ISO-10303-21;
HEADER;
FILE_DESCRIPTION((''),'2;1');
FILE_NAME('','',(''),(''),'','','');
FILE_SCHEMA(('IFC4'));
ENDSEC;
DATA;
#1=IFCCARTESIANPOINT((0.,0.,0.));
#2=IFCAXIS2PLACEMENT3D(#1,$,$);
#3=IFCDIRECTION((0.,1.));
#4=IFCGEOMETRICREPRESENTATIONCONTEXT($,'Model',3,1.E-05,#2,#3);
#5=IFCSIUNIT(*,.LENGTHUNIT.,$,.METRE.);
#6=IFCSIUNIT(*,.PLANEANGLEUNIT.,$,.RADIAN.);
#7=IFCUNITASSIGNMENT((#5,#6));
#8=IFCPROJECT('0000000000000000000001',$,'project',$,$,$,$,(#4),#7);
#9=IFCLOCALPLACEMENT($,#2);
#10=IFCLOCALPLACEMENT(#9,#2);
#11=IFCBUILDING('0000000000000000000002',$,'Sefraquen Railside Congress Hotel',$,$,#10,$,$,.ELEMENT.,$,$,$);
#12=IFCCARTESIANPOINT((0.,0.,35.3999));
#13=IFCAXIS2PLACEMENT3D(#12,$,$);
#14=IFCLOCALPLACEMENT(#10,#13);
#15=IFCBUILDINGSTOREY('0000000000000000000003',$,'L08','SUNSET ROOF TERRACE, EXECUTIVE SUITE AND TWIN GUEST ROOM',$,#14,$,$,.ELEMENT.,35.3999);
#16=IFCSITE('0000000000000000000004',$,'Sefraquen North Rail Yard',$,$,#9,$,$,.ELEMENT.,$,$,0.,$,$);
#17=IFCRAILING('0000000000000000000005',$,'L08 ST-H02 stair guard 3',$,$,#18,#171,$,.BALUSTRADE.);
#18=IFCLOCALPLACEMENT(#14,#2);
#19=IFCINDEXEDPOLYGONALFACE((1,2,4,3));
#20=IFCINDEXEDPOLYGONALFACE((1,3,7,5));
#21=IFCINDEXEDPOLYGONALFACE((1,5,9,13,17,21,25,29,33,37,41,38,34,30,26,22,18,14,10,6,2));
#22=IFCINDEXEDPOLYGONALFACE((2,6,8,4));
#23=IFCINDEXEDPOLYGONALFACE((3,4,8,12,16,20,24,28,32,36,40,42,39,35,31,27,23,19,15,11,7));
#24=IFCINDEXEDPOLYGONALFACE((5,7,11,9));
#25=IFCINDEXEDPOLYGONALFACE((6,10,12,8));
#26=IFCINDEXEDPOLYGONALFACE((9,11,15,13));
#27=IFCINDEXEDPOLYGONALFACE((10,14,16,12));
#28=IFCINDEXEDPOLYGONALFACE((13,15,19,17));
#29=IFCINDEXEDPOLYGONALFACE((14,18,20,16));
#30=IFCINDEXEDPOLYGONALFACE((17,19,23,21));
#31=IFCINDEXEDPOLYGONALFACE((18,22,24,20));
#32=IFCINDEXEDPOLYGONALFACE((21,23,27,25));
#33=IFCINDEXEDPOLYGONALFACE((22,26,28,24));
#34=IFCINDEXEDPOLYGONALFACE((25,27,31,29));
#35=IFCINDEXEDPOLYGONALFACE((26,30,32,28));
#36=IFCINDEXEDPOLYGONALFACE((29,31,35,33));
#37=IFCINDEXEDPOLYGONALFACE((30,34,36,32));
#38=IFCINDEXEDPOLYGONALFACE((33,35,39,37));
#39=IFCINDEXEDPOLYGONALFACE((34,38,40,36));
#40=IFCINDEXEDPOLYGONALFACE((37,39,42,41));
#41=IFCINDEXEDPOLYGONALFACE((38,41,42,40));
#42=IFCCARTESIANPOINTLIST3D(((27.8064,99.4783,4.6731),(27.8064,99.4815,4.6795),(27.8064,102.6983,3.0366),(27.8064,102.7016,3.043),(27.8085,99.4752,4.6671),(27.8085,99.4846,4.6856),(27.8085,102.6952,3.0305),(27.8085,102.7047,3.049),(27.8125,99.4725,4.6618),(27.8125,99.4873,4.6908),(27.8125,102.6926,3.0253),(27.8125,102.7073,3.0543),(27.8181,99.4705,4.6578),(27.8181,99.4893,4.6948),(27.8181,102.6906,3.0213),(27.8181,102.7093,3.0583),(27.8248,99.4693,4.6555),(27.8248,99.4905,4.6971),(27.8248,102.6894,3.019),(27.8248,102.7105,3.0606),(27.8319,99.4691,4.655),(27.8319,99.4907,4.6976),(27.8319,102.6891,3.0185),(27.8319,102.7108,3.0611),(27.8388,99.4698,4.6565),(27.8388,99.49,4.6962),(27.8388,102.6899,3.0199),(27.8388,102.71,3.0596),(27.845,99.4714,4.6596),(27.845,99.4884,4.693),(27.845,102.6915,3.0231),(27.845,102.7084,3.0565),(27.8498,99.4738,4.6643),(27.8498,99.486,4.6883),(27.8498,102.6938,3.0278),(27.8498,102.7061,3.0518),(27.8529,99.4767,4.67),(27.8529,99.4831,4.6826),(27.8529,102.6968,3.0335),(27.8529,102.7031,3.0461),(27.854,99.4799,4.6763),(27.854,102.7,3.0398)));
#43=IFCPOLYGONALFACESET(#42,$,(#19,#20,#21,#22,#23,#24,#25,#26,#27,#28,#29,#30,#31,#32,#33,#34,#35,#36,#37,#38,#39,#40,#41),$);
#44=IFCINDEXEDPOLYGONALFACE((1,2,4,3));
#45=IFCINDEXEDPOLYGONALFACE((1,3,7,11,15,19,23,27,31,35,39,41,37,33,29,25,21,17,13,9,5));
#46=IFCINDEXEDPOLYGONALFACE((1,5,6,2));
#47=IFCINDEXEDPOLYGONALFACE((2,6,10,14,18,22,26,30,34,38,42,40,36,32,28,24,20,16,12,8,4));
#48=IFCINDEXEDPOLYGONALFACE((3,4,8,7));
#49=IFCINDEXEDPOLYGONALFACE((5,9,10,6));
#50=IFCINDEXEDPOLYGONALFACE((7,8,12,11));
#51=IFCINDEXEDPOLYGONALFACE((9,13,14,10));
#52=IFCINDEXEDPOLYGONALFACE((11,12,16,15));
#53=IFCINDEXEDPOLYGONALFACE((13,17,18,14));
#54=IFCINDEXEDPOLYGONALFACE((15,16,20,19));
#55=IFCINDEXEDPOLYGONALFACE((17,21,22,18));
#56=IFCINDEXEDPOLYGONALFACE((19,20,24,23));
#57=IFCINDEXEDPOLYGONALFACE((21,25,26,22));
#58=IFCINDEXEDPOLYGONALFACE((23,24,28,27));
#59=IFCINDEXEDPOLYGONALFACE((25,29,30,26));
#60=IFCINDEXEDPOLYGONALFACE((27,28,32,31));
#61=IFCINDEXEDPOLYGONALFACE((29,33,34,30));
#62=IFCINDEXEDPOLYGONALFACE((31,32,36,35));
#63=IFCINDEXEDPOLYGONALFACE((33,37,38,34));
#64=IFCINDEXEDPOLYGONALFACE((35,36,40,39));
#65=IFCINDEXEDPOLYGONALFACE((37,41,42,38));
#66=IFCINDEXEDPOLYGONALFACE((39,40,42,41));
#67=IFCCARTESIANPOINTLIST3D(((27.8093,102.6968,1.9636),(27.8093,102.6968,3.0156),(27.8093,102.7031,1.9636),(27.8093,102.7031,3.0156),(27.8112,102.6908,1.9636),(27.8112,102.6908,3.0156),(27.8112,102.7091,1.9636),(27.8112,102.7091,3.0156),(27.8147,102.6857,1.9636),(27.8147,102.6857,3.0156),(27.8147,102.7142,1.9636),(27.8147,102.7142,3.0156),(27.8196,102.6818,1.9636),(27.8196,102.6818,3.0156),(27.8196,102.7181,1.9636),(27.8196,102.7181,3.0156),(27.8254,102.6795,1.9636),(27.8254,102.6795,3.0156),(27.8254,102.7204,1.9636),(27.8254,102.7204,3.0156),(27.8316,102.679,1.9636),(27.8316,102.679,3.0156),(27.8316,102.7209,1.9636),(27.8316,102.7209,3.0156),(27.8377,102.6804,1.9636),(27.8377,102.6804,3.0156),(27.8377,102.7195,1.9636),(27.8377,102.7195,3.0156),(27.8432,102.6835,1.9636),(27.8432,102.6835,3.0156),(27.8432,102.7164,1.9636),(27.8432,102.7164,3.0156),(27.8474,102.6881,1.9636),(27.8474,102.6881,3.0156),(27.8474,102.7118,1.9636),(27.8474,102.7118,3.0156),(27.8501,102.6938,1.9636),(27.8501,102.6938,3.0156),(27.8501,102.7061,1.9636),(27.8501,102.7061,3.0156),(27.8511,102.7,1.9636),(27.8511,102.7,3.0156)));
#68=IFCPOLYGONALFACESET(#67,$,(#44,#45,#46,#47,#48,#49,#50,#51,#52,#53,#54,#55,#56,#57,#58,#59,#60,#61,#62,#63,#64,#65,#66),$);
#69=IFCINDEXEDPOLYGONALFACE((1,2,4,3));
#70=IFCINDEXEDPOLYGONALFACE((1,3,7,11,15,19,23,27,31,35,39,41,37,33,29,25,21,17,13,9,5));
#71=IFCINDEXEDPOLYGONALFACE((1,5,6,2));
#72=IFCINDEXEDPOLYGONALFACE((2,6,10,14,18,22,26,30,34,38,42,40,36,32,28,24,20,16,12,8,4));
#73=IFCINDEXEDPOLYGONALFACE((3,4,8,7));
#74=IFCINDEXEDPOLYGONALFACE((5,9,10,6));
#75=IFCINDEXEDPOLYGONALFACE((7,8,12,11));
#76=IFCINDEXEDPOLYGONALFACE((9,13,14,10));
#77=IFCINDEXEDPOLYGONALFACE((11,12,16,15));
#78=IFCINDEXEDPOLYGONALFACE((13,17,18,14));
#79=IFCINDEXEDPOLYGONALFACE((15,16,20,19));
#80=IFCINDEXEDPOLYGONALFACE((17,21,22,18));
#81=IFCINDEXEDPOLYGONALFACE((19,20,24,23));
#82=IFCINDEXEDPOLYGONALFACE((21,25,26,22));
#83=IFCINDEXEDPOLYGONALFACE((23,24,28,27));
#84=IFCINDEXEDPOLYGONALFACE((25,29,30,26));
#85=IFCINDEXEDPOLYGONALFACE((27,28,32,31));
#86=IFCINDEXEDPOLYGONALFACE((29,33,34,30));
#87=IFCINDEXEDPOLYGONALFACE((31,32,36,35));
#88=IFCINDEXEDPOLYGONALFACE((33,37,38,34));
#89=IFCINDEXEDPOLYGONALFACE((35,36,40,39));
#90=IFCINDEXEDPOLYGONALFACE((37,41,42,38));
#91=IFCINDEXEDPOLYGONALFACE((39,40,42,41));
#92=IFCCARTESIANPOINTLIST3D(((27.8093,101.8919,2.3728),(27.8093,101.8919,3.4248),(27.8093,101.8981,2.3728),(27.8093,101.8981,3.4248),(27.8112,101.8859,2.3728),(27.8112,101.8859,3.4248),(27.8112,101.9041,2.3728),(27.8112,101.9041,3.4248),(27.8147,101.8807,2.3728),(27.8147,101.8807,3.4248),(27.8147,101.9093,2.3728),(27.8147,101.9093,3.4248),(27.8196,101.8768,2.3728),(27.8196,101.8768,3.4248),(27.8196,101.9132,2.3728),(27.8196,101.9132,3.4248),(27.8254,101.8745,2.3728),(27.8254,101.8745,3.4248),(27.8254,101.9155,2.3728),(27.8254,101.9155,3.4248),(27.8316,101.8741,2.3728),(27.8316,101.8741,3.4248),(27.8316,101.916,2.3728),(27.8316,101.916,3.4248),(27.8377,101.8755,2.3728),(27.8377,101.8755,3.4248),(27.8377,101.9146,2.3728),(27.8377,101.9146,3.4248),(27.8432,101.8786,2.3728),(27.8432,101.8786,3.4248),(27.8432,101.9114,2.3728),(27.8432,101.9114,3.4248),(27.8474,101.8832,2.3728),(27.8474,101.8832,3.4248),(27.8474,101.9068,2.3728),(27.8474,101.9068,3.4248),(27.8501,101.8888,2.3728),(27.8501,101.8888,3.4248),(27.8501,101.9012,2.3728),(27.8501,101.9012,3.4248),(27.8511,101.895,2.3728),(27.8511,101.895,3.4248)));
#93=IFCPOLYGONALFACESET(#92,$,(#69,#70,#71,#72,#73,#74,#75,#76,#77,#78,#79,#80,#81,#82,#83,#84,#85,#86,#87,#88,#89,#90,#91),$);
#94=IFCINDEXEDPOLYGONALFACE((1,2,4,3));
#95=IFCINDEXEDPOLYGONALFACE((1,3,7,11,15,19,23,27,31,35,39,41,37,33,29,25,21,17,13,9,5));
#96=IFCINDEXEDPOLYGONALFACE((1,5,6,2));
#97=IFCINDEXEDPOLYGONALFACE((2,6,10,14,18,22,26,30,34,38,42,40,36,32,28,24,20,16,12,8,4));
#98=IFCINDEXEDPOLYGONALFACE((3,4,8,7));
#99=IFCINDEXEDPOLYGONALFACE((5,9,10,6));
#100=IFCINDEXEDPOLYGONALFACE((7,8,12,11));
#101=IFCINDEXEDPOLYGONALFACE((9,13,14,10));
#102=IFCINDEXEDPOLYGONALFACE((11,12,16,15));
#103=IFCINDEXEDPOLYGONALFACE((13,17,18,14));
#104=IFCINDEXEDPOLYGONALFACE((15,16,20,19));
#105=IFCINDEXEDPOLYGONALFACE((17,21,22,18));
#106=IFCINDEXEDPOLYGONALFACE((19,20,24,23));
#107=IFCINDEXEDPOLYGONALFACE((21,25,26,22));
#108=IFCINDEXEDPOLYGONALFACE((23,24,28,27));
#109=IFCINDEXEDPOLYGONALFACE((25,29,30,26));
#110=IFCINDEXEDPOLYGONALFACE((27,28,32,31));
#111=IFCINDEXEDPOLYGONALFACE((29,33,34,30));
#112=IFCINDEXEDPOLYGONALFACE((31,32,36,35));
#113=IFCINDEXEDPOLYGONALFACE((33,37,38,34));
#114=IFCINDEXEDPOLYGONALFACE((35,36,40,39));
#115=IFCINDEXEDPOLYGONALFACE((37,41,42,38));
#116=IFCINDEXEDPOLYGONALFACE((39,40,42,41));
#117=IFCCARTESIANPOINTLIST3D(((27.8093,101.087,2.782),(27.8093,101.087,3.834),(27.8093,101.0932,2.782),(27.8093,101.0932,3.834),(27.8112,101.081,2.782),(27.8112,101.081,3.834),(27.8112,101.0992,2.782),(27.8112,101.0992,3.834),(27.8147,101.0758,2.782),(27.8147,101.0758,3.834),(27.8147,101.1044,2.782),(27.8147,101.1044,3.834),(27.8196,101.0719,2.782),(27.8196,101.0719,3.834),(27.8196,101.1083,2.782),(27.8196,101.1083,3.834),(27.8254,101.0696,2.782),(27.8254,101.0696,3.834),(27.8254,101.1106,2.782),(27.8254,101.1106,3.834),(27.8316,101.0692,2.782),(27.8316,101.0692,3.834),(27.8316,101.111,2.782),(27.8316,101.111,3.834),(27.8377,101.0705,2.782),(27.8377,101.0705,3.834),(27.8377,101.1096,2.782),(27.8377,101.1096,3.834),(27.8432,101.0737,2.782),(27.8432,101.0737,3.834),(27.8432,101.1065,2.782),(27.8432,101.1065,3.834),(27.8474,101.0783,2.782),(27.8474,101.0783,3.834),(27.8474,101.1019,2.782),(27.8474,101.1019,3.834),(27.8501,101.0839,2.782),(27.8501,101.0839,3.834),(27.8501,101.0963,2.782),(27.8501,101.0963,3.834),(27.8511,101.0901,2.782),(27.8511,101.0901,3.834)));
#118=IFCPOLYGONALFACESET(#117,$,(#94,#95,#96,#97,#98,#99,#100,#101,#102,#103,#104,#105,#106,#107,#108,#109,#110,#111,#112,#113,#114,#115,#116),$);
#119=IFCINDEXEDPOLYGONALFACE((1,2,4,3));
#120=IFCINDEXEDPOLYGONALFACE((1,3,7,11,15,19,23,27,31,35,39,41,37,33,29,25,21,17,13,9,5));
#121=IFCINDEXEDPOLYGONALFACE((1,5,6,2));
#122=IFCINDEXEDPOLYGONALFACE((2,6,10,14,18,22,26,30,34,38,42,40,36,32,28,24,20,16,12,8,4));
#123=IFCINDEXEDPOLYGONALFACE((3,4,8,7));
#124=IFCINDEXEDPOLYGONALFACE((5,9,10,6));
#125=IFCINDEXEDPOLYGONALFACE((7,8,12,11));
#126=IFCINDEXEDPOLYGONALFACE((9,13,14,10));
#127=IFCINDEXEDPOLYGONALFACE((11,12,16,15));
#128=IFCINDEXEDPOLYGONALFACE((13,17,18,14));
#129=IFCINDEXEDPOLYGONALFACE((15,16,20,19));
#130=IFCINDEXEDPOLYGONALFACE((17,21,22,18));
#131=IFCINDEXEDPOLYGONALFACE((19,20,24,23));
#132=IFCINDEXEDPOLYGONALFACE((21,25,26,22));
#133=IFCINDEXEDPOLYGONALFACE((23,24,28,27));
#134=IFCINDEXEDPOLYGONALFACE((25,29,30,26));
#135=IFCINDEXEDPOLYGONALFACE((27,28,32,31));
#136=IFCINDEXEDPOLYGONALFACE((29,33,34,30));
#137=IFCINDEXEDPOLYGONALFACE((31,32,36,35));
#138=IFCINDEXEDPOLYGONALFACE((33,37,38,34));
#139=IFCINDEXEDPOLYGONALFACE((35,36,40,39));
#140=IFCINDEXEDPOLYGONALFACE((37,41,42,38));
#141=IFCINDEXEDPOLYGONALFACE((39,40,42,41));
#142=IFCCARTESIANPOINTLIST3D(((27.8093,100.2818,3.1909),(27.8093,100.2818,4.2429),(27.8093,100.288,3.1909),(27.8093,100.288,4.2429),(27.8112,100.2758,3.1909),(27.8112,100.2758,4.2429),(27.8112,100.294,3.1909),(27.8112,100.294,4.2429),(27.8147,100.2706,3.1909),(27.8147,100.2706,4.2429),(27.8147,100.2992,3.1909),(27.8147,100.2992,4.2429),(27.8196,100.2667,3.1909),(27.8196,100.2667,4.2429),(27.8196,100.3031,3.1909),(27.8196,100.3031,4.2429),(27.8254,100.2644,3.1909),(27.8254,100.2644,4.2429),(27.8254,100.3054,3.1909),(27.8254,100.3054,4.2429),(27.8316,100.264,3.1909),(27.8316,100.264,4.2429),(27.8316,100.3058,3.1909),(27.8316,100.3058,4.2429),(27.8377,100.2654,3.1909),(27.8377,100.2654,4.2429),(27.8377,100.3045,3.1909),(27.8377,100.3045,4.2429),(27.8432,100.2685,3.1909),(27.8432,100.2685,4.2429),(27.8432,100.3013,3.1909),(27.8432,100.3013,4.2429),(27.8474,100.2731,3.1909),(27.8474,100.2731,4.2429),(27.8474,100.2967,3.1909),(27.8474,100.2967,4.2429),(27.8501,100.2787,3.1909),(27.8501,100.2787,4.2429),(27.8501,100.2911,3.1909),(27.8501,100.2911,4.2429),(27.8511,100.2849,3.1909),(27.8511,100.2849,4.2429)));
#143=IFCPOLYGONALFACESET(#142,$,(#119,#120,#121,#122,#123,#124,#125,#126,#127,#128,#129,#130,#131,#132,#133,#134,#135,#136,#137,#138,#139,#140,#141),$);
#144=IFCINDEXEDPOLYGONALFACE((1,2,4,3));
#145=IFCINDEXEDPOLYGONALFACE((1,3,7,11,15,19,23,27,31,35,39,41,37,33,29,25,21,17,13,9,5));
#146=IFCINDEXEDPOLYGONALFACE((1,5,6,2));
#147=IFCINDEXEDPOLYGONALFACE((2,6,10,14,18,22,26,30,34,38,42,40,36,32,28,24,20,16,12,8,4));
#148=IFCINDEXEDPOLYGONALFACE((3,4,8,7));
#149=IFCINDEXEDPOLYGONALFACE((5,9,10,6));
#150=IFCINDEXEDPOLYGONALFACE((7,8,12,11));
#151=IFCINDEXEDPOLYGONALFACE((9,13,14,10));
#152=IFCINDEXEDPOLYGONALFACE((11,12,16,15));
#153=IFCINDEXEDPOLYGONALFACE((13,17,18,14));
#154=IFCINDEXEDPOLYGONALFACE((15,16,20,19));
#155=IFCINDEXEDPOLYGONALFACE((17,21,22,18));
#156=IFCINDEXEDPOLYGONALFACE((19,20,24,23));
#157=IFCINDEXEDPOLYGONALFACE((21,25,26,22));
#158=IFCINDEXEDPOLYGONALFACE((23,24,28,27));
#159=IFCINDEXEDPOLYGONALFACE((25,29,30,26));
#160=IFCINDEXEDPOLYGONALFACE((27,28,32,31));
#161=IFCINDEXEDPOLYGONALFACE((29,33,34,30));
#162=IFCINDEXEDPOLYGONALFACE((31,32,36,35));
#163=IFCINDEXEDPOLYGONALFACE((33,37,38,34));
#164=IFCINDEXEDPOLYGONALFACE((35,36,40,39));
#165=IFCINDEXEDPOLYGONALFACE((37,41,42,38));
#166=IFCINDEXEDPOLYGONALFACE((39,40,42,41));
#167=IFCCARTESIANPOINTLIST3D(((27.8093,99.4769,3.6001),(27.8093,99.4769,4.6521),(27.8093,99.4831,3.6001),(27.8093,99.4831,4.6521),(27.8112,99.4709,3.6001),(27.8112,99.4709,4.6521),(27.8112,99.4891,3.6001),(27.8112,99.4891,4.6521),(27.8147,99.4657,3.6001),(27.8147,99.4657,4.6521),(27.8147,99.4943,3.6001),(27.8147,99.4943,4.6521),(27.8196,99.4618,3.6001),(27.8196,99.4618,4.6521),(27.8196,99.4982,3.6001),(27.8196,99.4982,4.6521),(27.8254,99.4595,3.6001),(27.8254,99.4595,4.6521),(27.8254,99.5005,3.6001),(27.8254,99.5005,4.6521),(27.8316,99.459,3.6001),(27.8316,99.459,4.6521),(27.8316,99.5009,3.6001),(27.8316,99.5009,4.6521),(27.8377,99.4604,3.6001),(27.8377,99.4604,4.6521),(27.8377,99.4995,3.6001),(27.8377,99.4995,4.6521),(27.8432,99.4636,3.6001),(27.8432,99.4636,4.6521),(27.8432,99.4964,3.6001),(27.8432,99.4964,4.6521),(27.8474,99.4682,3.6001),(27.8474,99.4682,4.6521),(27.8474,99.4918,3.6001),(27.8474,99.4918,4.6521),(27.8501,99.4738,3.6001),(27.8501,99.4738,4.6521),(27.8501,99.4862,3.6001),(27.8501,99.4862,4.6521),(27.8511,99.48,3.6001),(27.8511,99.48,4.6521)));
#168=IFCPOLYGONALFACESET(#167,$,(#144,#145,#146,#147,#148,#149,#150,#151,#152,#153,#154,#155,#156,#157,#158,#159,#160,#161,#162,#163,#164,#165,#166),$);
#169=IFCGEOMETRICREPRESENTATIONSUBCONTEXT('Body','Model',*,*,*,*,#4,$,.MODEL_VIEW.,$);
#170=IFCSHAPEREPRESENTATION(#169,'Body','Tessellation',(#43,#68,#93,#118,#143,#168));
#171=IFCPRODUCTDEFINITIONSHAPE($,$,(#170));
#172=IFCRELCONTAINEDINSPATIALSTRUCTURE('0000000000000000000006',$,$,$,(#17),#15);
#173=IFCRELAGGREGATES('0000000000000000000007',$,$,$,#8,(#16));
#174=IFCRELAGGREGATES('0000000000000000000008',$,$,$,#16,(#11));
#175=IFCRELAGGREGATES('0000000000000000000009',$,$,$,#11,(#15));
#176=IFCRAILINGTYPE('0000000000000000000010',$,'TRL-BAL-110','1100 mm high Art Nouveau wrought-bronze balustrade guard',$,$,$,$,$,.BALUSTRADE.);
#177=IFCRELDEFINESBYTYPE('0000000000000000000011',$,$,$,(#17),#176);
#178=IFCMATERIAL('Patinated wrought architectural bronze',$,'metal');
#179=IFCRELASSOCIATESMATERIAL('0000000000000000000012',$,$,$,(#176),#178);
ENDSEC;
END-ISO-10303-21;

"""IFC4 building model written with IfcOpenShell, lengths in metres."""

from ifc_helpers import new_model, si_unit, direction, frame, origin, origin_2d, place, context, subcontext, project, spatial, circle, extrude, material, type_object, element, save


model = new_model("IFC4")

# Units and contexts
model_context = context("Model", 3, precision=1e-05, world=origin(), true_north=direction((0.0, 1.0)))
body_context = subcontext(model_context, "Body", "Model", "MODEL_VIEW")
ifc_project = project(units=[si_unit("LENGTHUNIT", "METRE"), si_unit("PLANEANGLEUNIT", "RADIAN")], contexts=[model_context])

# Site, building, storey
site_placement = place(None, origin())
site = spatial("IfcSite", under=ifc_project, at=site_placement, Name="Sefraquen North Rail Yard", CompositionType="ELEMENT", RefElevation=0.0)
building_placement = place(site_placement, origin())
building = spatial("IfcBuilding", under=site, at=building_placement, Name="Sefraquen Railside Congress Hotel", CompositionType="ELEMENT")
storey_placement = place(building_placement, frame((0.0, 0.0, 35.3999)))
storey = spatial("IfcBuildingStorey", under=building, at=storey_placement, Name="L08", Description="SUNSET ROOF TERRACE, EXECUTIVE SUITE AND TWIN GUEST ROOM", CompositionType="ELEMENT", Elevation=35.3999)

# Railing
ifc_material_1 = material(Name="Patinated wrought architectural bronze", Category="metal")
railing_type_1 = type_object("IfcRailingType", Name="TRL-BAL-110", Description="1100 mm high Art Nouveau wrought-bronze balustrade guard", PredefinedType="BALUSTRADE", material=ifc_material_1)
railing_1_placement = place(storey_placement, frame((27.8301, 102.7, 1.9636)))
element("IfcRailing", 1, at=railing_1_placement, inside=storey, type_object=railing_type_1, Name="L08 ST-H02 stair guard 3", PredefinedType="BALUSTRADE", context=body_context, shape_type="SweptSolid", body=[
    extrude(circle(Radius=0.0239, at=origin_2d()), frame((0.0, 0.0, 1.0762), z_axis=(0.0, -0.891474, 0.453071), x_axis=(1.0, 0.0, 0.0)), (0.0, 0.0, 1.0), 3.6121),
    extrude(circle(Radius=0.021, at=origin_2d()), origin(), (0.0, 0.0, 1.0), 1.052),
    extrude(circle(Radius=0.021, at=origin_2d()), frame((0.0, -0.8049, 0.4092)), (0.0, 0.0, 1.0), 1.052),
    extrude(circle(Radius=0.021, at=origin_2d()), frame((0.0, -1.6099, 0.8184)), (0.0, 0.0, 1.0), 1.052),
    extrude(circle(Radius=0.021, at=origin_2d()), frame((0.0, -2.415, 1.2273)), (0.0, 0.0, 1.0), 1.052),
    extrude(circle(Radius=0.021, at=origin_2d()), frame((0.0, -3.22, 1.6365)), (0.0, 0.0, 1.0), 1.052),
])

save(model, "model.ifc")
